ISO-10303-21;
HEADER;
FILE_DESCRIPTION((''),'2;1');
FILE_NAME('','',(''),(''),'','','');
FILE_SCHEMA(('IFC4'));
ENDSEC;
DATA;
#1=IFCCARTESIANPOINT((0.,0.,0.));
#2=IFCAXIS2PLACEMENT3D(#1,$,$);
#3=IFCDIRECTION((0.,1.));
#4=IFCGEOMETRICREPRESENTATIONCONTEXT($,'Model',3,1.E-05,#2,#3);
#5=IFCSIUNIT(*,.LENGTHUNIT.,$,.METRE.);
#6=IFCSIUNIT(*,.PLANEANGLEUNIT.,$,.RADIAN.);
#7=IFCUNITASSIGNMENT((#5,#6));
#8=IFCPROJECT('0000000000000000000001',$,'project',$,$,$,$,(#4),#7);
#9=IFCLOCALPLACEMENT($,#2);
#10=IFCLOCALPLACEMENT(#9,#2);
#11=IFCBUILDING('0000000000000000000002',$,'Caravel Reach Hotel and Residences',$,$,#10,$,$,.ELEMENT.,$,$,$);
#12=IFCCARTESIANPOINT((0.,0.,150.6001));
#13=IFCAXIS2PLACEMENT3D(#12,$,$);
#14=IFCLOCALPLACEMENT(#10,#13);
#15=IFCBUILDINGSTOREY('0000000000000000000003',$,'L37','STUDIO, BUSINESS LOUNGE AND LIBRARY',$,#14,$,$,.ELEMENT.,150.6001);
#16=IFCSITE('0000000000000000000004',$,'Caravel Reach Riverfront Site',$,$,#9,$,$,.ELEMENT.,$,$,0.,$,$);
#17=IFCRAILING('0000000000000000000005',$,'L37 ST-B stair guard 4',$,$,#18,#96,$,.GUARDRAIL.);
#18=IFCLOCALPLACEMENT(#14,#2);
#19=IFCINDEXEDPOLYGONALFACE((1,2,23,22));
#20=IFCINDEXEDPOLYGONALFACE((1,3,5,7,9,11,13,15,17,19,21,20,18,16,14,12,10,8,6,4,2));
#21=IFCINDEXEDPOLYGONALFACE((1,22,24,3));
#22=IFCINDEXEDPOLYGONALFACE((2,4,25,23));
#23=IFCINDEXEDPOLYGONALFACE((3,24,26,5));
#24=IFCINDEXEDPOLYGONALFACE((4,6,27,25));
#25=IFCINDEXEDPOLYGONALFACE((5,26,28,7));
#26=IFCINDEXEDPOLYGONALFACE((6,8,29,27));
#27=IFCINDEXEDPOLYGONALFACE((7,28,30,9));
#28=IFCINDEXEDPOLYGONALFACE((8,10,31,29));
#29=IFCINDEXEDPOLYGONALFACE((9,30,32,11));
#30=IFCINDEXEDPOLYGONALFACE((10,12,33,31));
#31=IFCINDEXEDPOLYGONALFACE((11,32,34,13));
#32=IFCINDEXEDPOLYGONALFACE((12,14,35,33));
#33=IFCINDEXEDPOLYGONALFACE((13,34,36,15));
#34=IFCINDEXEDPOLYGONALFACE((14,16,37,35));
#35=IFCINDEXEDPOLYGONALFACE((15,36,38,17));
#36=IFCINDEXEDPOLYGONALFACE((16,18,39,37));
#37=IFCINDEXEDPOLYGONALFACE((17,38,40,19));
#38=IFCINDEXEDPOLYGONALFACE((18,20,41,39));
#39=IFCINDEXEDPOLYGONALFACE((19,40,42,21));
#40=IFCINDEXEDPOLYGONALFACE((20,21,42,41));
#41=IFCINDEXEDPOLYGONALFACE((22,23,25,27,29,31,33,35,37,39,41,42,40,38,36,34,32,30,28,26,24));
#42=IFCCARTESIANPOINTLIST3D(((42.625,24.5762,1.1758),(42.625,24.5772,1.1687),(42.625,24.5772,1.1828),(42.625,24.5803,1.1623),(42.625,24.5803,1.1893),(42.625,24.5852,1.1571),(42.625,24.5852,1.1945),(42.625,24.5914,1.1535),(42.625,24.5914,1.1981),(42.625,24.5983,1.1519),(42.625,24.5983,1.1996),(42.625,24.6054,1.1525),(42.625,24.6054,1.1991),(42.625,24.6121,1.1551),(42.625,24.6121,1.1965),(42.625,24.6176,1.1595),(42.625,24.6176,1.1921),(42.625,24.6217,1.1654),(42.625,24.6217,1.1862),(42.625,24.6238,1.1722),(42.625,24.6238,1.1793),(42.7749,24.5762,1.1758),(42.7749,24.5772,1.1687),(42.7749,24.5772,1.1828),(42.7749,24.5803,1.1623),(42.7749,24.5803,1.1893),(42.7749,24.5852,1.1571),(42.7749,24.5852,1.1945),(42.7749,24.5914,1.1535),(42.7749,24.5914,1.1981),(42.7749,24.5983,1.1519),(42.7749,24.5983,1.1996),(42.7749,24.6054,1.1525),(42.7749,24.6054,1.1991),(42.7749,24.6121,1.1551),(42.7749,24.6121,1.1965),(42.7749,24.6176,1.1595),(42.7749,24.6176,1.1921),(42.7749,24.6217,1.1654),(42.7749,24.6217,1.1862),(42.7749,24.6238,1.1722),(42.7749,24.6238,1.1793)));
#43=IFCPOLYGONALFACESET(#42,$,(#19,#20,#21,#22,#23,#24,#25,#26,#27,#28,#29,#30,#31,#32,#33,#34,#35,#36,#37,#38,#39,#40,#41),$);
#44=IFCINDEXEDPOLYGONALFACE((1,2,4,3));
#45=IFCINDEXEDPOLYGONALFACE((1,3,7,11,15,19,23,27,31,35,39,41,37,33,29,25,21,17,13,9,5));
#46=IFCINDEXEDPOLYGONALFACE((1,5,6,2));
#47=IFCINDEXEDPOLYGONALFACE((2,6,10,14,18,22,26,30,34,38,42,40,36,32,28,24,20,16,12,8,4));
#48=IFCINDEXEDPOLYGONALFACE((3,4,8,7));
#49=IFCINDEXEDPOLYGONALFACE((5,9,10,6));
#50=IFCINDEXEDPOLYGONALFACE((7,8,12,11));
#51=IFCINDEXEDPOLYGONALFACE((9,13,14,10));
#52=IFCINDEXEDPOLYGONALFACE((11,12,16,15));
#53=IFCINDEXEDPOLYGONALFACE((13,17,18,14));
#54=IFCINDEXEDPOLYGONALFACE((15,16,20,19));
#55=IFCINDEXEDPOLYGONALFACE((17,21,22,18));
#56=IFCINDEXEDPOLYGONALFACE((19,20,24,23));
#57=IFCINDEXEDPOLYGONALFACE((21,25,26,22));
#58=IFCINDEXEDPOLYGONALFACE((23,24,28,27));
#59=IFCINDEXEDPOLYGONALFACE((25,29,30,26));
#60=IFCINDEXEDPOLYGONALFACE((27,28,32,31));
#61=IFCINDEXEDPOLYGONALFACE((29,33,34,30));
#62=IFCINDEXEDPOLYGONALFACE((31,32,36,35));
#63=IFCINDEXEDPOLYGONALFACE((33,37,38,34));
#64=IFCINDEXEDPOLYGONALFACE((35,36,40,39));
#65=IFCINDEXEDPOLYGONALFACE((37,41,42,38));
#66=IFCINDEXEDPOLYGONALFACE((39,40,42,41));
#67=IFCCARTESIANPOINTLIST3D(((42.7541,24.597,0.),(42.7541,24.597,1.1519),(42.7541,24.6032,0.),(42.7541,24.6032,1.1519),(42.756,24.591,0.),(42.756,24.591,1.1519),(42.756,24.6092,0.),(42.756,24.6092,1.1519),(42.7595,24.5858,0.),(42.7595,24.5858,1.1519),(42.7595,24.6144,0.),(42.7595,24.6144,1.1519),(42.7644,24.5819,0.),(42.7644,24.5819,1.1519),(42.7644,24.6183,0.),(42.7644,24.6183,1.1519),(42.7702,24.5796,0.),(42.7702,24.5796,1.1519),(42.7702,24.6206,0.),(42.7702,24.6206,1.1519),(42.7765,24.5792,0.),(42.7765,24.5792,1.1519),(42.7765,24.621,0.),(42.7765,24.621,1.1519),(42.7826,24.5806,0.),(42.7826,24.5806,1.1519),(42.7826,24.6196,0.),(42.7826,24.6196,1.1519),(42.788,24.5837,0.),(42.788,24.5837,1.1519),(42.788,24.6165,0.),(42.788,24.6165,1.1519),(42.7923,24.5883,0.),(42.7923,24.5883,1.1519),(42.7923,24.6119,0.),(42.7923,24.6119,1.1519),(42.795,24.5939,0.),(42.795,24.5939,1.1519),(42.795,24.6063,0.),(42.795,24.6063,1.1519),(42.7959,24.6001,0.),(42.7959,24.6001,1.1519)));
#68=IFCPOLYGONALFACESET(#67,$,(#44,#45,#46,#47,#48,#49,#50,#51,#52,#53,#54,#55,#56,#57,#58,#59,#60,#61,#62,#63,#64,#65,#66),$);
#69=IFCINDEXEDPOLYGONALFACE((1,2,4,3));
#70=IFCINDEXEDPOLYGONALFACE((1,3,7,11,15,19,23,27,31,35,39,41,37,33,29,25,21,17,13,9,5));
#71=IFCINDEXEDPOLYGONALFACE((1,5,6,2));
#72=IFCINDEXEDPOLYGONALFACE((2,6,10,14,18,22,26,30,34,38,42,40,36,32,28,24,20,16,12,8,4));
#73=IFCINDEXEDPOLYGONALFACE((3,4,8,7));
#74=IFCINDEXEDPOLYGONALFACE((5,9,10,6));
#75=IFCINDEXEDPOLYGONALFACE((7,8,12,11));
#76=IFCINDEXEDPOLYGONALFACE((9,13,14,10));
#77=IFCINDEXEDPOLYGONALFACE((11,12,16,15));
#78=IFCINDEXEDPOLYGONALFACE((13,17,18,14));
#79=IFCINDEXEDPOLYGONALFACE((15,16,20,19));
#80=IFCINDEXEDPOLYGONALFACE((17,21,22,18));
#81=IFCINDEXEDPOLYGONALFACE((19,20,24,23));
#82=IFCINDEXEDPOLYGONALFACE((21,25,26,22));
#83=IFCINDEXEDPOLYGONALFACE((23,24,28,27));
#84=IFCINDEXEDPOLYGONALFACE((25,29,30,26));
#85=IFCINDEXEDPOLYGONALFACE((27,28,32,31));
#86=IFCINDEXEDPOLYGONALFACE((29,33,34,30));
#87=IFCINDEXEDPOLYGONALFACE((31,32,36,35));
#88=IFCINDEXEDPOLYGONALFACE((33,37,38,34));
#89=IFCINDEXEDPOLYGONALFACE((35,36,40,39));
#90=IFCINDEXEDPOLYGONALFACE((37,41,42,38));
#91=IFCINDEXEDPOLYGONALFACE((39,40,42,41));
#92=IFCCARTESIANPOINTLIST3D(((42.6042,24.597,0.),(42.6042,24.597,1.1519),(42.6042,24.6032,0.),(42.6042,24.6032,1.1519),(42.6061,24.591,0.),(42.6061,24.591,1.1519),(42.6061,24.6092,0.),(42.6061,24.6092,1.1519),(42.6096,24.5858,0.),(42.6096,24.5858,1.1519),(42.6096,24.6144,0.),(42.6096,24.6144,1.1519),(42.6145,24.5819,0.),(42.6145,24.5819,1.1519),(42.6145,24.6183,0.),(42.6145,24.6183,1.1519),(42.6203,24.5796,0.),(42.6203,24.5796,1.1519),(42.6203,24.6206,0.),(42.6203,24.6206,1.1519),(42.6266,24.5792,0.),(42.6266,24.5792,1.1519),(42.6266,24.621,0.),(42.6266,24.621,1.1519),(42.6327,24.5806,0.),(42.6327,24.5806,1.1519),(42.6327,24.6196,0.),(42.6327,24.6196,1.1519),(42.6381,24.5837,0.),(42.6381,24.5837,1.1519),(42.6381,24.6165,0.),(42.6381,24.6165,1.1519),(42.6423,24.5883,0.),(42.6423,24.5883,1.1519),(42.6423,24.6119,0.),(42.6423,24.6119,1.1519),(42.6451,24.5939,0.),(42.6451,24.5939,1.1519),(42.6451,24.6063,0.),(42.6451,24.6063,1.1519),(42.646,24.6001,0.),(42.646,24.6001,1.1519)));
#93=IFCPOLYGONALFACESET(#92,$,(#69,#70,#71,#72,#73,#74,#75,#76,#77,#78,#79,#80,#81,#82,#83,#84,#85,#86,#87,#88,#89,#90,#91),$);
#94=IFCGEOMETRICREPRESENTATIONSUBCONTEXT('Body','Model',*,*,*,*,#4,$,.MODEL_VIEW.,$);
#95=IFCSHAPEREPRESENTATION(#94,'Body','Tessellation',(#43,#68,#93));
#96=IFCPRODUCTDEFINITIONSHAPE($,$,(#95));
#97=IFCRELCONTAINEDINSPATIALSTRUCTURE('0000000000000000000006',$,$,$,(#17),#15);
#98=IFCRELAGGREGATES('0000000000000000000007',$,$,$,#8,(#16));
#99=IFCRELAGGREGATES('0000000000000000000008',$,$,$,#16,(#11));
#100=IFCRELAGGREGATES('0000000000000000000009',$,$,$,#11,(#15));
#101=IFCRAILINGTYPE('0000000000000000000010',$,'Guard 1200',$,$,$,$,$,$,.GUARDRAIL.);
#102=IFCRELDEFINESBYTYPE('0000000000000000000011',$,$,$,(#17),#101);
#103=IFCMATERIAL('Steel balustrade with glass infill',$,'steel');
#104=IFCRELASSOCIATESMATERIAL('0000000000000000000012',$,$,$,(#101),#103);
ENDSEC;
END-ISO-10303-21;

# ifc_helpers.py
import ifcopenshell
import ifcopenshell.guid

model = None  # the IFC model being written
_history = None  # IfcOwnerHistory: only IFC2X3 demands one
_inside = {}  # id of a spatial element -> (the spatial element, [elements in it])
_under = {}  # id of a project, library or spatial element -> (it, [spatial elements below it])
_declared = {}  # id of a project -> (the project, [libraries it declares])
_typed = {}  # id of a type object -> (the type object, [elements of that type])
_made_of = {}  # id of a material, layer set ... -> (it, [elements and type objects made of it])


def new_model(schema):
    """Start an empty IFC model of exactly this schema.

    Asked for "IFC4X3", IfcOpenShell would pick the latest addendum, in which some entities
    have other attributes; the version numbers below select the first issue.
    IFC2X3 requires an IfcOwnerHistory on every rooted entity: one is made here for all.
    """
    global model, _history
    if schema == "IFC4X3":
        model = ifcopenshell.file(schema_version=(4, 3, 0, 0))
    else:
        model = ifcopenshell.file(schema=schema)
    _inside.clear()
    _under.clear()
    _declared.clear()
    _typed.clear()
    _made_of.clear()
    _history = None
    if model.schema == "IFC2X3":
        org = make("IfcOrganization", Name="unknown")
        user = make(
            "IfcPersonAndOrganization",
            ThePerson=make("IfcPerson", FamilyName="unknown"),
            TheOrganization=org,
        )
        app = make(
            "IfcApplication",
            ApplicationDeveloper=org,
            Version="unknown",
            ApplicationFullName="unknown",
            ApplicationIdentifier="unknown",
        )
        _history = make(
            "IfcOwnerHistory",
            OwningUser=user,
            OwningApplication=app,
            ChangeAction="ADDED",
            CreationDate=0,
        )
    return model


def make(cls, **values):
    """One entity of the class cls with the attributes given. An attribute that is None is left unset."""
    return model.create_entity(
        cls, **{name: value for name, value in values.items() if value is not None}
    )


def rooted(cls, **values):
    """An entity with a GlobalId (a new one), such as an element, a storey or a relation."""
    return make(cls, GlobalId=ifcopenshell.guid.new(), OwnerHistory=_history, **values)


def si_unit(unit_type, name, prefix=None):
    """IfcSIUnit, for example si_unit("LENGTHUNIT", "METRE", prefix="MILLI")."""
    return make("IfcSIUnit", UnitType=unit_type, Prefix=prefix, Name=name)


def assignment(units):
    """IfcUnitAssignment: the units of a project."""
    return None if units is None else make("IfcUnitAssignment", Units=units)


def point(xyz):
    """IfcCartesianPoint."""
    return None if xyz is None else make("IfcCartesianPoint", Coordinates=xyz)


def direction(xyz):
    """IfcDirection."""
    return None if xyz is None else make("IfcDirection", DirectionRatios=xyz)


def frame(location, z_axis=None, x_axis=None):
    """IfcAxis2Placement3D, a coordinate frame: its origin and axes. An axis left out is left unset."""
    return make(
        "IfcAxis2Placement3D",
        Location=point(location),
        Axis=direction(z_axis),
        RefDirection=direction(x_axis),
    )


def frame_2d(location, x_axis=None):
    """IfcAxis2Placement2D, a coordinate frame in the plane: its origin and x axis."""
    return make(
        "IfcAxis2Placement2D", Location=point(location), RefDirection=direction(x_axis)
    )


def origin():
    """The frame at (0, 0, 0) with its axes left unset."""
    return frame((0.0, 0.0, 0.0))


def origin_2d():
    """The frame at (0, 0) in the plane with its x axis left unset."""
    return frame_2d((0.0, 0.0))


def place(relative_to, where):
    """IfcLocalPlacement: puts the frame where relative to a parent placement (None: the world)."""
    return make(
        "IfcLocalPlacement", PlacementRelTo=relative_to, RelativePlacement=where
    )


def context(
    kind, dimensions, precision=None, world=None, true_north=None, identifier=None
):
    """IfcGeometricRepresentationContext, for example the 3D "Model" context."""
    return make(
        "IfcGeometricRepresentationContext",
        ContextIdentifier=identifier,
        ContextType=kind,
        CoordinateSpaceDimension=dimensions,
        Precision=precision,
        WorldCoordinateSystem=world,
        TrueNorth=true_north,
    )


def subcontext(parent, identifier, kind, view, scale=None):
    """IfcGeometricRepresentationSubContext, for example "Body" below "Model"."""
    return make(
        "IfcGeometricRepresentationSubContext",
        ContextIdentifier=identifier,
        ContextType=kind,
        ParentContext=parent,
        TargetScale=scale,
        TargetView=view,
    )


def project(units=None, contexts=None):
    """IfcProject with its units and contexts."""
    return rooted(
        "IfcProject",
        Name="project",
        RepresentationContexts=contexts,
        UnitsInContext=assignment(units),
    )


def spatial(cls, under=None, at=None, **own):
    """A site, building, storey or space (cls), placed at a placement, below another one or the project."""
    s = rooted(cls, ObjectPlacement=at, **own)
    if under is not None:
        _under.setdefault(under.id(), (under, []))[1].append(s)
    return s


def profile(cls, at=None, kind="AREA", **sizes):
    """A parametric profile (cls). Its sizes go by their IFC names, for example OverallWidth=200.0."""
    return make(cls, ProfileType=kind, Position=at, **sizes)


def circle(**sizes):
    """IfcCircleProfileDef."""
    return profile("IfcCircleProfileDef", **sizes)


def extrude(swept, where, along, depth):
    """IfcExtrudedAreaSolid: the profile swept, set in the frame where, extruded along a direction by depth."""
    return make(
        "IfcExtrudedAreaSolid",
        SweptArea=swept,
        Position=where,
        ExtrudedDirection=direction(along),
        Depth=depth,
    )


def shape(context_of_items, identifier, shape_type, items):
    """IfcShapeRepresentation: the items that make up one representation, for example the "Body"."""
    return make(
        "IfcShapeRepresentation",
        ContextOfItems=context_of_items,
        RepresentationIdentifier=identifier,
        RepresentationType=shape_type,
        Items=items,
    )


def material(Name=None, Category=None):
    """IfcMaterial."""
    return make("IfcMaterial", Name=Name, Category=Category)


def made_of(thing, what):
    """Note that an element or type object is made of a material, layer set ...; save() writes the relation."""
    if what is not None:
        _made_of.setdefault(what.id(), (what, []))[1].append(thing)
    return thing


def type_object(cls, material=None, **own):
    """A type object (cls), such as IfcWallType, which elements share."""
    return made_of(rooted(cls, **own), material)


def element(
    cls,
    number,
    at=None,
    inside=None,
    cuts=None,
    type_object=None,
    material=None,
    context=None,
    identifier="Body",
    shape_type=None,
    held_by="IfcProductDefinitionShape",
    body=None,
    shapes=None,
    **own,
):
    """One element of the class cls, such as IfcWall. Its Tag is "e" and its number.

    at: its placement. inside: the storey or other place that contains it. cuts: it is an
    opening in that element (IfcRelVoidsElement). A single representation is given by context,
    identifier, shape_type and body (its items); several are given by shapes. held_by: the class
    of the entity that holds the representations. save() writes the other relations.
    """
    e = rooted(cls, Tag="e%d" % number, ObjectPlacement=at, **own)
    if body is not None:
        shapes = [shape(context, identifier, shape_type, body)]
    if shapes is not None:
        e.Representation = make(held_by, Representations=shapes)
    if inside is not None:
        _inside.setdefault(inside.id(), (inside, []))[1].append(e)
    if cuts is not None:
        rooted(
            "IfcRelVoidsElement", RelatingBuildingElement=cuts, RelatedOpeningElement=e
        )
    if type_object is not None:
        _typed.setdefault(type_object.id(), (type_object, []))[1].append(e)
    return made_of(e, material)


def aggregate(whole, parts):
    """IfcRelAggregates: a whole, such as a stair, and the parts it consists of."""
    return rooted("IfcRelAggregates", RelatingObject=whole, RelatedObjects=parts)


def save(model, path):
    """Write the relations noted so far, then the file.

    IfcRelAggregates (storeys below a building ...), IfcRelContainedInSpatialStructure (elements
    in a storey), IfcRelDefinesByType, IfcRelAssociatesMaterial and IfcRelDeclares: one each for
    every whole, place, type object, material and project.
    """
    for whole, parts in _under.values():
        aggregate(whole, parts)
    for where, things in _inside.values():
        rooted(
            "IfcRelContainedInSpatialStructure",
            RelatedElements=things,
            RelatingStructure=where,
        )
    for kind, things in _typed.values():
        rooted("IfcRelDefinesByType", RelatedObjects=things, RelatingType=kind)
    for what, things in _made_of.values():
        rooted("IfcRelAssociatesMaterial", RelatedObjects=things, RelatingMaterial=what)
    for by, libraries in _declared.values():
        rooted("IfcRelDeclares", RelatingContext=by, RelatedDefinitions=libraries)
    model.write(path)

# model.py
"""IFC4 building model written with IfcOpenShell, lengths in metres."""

from ifc_helpers import new_model, si_unit, direction, frame, origin, origin_2d, place, context, subcontext, project, spatial, circle, extrude, material, type_object, element, save


model = new_model("IFC4")

# Units and contexts
model_context = context("Model", 3, precision=1e-05, world=origin(), true_north=direction((0.0, 1.0)))
body_context = subcontext(model_context, "Body", "Model", "MODEL_VIEW")
ifc_project = project(units=[si_unit("LENGTHUNIT", "METRE"), si_unit("PLANEANGLEUNIT", "RADIAN")], contexts=[model_context])

# Site, building, storey
site_placement = place(None, origin())
site = spatial("IfcSite", under=ifc_project, at=site_placement, Name="Caravel Reach Riverfront Site", CompositionType="ELEMENT", RefElevation=0.0)
building_placement = place(site_placement, origin())
building = spatial("IfcBuilding", under=site, at=building_placement, Name="Caravel Reach Hotel and Residences", CompositionType="ELEMENT")
storey_placement = place(building_placement, frame((0.0, 0.0, 150.6001)))
storey = spatial("IfcBuildingStorey", under=building, at=storey_placement, Name="L37", Description="STUDIO, BUSINESS LOUNGE AND LIBRARY", CompositionType="ELEMENT", Elevation=150.6001)

# Railing
ifc_material_1 = material(Name="Steel balustrade with glass infill", Category="steel")
railing_type_1 = type_object("IfcRailingType", Name="Guard 1200", PredefinedType="GUARDRAIL", material=ifc_material_1)
railing_1_placement = place(storey_placement, frame((42.7749, 24.6001, 0.0)))
element("IfcRailing", 1, at=railing_1_placement, inside=storey, type_object=railing_type_1, Name="L37 ST-B stair guard 4", PredefinedType="GUARDRAIL", context=body_context, shape_type="SweptSolid", body=[
    extrude(circle(Radius=0.0239, at=origin_2d()), frame((0.0, 0.0, 1.1758), z_axis=(-1.0, 0.0, 0.0), x_axis=(0.0, -1.0, 0.0)), (0.0, 0.0, 1.0), 0.1499),
    extrude(circle(Radius=0.021, at=origin_2d()), origin(), (0.0, 0.0, 1.0), 1.1519),
    extrude(circle(Radius=0.021, at=origin_2d()), frame((-0.1499, 0.0, 0.0)), (0.0, 0.0, 1.0), 1.1519),
])

save(model, "model.ifc")
